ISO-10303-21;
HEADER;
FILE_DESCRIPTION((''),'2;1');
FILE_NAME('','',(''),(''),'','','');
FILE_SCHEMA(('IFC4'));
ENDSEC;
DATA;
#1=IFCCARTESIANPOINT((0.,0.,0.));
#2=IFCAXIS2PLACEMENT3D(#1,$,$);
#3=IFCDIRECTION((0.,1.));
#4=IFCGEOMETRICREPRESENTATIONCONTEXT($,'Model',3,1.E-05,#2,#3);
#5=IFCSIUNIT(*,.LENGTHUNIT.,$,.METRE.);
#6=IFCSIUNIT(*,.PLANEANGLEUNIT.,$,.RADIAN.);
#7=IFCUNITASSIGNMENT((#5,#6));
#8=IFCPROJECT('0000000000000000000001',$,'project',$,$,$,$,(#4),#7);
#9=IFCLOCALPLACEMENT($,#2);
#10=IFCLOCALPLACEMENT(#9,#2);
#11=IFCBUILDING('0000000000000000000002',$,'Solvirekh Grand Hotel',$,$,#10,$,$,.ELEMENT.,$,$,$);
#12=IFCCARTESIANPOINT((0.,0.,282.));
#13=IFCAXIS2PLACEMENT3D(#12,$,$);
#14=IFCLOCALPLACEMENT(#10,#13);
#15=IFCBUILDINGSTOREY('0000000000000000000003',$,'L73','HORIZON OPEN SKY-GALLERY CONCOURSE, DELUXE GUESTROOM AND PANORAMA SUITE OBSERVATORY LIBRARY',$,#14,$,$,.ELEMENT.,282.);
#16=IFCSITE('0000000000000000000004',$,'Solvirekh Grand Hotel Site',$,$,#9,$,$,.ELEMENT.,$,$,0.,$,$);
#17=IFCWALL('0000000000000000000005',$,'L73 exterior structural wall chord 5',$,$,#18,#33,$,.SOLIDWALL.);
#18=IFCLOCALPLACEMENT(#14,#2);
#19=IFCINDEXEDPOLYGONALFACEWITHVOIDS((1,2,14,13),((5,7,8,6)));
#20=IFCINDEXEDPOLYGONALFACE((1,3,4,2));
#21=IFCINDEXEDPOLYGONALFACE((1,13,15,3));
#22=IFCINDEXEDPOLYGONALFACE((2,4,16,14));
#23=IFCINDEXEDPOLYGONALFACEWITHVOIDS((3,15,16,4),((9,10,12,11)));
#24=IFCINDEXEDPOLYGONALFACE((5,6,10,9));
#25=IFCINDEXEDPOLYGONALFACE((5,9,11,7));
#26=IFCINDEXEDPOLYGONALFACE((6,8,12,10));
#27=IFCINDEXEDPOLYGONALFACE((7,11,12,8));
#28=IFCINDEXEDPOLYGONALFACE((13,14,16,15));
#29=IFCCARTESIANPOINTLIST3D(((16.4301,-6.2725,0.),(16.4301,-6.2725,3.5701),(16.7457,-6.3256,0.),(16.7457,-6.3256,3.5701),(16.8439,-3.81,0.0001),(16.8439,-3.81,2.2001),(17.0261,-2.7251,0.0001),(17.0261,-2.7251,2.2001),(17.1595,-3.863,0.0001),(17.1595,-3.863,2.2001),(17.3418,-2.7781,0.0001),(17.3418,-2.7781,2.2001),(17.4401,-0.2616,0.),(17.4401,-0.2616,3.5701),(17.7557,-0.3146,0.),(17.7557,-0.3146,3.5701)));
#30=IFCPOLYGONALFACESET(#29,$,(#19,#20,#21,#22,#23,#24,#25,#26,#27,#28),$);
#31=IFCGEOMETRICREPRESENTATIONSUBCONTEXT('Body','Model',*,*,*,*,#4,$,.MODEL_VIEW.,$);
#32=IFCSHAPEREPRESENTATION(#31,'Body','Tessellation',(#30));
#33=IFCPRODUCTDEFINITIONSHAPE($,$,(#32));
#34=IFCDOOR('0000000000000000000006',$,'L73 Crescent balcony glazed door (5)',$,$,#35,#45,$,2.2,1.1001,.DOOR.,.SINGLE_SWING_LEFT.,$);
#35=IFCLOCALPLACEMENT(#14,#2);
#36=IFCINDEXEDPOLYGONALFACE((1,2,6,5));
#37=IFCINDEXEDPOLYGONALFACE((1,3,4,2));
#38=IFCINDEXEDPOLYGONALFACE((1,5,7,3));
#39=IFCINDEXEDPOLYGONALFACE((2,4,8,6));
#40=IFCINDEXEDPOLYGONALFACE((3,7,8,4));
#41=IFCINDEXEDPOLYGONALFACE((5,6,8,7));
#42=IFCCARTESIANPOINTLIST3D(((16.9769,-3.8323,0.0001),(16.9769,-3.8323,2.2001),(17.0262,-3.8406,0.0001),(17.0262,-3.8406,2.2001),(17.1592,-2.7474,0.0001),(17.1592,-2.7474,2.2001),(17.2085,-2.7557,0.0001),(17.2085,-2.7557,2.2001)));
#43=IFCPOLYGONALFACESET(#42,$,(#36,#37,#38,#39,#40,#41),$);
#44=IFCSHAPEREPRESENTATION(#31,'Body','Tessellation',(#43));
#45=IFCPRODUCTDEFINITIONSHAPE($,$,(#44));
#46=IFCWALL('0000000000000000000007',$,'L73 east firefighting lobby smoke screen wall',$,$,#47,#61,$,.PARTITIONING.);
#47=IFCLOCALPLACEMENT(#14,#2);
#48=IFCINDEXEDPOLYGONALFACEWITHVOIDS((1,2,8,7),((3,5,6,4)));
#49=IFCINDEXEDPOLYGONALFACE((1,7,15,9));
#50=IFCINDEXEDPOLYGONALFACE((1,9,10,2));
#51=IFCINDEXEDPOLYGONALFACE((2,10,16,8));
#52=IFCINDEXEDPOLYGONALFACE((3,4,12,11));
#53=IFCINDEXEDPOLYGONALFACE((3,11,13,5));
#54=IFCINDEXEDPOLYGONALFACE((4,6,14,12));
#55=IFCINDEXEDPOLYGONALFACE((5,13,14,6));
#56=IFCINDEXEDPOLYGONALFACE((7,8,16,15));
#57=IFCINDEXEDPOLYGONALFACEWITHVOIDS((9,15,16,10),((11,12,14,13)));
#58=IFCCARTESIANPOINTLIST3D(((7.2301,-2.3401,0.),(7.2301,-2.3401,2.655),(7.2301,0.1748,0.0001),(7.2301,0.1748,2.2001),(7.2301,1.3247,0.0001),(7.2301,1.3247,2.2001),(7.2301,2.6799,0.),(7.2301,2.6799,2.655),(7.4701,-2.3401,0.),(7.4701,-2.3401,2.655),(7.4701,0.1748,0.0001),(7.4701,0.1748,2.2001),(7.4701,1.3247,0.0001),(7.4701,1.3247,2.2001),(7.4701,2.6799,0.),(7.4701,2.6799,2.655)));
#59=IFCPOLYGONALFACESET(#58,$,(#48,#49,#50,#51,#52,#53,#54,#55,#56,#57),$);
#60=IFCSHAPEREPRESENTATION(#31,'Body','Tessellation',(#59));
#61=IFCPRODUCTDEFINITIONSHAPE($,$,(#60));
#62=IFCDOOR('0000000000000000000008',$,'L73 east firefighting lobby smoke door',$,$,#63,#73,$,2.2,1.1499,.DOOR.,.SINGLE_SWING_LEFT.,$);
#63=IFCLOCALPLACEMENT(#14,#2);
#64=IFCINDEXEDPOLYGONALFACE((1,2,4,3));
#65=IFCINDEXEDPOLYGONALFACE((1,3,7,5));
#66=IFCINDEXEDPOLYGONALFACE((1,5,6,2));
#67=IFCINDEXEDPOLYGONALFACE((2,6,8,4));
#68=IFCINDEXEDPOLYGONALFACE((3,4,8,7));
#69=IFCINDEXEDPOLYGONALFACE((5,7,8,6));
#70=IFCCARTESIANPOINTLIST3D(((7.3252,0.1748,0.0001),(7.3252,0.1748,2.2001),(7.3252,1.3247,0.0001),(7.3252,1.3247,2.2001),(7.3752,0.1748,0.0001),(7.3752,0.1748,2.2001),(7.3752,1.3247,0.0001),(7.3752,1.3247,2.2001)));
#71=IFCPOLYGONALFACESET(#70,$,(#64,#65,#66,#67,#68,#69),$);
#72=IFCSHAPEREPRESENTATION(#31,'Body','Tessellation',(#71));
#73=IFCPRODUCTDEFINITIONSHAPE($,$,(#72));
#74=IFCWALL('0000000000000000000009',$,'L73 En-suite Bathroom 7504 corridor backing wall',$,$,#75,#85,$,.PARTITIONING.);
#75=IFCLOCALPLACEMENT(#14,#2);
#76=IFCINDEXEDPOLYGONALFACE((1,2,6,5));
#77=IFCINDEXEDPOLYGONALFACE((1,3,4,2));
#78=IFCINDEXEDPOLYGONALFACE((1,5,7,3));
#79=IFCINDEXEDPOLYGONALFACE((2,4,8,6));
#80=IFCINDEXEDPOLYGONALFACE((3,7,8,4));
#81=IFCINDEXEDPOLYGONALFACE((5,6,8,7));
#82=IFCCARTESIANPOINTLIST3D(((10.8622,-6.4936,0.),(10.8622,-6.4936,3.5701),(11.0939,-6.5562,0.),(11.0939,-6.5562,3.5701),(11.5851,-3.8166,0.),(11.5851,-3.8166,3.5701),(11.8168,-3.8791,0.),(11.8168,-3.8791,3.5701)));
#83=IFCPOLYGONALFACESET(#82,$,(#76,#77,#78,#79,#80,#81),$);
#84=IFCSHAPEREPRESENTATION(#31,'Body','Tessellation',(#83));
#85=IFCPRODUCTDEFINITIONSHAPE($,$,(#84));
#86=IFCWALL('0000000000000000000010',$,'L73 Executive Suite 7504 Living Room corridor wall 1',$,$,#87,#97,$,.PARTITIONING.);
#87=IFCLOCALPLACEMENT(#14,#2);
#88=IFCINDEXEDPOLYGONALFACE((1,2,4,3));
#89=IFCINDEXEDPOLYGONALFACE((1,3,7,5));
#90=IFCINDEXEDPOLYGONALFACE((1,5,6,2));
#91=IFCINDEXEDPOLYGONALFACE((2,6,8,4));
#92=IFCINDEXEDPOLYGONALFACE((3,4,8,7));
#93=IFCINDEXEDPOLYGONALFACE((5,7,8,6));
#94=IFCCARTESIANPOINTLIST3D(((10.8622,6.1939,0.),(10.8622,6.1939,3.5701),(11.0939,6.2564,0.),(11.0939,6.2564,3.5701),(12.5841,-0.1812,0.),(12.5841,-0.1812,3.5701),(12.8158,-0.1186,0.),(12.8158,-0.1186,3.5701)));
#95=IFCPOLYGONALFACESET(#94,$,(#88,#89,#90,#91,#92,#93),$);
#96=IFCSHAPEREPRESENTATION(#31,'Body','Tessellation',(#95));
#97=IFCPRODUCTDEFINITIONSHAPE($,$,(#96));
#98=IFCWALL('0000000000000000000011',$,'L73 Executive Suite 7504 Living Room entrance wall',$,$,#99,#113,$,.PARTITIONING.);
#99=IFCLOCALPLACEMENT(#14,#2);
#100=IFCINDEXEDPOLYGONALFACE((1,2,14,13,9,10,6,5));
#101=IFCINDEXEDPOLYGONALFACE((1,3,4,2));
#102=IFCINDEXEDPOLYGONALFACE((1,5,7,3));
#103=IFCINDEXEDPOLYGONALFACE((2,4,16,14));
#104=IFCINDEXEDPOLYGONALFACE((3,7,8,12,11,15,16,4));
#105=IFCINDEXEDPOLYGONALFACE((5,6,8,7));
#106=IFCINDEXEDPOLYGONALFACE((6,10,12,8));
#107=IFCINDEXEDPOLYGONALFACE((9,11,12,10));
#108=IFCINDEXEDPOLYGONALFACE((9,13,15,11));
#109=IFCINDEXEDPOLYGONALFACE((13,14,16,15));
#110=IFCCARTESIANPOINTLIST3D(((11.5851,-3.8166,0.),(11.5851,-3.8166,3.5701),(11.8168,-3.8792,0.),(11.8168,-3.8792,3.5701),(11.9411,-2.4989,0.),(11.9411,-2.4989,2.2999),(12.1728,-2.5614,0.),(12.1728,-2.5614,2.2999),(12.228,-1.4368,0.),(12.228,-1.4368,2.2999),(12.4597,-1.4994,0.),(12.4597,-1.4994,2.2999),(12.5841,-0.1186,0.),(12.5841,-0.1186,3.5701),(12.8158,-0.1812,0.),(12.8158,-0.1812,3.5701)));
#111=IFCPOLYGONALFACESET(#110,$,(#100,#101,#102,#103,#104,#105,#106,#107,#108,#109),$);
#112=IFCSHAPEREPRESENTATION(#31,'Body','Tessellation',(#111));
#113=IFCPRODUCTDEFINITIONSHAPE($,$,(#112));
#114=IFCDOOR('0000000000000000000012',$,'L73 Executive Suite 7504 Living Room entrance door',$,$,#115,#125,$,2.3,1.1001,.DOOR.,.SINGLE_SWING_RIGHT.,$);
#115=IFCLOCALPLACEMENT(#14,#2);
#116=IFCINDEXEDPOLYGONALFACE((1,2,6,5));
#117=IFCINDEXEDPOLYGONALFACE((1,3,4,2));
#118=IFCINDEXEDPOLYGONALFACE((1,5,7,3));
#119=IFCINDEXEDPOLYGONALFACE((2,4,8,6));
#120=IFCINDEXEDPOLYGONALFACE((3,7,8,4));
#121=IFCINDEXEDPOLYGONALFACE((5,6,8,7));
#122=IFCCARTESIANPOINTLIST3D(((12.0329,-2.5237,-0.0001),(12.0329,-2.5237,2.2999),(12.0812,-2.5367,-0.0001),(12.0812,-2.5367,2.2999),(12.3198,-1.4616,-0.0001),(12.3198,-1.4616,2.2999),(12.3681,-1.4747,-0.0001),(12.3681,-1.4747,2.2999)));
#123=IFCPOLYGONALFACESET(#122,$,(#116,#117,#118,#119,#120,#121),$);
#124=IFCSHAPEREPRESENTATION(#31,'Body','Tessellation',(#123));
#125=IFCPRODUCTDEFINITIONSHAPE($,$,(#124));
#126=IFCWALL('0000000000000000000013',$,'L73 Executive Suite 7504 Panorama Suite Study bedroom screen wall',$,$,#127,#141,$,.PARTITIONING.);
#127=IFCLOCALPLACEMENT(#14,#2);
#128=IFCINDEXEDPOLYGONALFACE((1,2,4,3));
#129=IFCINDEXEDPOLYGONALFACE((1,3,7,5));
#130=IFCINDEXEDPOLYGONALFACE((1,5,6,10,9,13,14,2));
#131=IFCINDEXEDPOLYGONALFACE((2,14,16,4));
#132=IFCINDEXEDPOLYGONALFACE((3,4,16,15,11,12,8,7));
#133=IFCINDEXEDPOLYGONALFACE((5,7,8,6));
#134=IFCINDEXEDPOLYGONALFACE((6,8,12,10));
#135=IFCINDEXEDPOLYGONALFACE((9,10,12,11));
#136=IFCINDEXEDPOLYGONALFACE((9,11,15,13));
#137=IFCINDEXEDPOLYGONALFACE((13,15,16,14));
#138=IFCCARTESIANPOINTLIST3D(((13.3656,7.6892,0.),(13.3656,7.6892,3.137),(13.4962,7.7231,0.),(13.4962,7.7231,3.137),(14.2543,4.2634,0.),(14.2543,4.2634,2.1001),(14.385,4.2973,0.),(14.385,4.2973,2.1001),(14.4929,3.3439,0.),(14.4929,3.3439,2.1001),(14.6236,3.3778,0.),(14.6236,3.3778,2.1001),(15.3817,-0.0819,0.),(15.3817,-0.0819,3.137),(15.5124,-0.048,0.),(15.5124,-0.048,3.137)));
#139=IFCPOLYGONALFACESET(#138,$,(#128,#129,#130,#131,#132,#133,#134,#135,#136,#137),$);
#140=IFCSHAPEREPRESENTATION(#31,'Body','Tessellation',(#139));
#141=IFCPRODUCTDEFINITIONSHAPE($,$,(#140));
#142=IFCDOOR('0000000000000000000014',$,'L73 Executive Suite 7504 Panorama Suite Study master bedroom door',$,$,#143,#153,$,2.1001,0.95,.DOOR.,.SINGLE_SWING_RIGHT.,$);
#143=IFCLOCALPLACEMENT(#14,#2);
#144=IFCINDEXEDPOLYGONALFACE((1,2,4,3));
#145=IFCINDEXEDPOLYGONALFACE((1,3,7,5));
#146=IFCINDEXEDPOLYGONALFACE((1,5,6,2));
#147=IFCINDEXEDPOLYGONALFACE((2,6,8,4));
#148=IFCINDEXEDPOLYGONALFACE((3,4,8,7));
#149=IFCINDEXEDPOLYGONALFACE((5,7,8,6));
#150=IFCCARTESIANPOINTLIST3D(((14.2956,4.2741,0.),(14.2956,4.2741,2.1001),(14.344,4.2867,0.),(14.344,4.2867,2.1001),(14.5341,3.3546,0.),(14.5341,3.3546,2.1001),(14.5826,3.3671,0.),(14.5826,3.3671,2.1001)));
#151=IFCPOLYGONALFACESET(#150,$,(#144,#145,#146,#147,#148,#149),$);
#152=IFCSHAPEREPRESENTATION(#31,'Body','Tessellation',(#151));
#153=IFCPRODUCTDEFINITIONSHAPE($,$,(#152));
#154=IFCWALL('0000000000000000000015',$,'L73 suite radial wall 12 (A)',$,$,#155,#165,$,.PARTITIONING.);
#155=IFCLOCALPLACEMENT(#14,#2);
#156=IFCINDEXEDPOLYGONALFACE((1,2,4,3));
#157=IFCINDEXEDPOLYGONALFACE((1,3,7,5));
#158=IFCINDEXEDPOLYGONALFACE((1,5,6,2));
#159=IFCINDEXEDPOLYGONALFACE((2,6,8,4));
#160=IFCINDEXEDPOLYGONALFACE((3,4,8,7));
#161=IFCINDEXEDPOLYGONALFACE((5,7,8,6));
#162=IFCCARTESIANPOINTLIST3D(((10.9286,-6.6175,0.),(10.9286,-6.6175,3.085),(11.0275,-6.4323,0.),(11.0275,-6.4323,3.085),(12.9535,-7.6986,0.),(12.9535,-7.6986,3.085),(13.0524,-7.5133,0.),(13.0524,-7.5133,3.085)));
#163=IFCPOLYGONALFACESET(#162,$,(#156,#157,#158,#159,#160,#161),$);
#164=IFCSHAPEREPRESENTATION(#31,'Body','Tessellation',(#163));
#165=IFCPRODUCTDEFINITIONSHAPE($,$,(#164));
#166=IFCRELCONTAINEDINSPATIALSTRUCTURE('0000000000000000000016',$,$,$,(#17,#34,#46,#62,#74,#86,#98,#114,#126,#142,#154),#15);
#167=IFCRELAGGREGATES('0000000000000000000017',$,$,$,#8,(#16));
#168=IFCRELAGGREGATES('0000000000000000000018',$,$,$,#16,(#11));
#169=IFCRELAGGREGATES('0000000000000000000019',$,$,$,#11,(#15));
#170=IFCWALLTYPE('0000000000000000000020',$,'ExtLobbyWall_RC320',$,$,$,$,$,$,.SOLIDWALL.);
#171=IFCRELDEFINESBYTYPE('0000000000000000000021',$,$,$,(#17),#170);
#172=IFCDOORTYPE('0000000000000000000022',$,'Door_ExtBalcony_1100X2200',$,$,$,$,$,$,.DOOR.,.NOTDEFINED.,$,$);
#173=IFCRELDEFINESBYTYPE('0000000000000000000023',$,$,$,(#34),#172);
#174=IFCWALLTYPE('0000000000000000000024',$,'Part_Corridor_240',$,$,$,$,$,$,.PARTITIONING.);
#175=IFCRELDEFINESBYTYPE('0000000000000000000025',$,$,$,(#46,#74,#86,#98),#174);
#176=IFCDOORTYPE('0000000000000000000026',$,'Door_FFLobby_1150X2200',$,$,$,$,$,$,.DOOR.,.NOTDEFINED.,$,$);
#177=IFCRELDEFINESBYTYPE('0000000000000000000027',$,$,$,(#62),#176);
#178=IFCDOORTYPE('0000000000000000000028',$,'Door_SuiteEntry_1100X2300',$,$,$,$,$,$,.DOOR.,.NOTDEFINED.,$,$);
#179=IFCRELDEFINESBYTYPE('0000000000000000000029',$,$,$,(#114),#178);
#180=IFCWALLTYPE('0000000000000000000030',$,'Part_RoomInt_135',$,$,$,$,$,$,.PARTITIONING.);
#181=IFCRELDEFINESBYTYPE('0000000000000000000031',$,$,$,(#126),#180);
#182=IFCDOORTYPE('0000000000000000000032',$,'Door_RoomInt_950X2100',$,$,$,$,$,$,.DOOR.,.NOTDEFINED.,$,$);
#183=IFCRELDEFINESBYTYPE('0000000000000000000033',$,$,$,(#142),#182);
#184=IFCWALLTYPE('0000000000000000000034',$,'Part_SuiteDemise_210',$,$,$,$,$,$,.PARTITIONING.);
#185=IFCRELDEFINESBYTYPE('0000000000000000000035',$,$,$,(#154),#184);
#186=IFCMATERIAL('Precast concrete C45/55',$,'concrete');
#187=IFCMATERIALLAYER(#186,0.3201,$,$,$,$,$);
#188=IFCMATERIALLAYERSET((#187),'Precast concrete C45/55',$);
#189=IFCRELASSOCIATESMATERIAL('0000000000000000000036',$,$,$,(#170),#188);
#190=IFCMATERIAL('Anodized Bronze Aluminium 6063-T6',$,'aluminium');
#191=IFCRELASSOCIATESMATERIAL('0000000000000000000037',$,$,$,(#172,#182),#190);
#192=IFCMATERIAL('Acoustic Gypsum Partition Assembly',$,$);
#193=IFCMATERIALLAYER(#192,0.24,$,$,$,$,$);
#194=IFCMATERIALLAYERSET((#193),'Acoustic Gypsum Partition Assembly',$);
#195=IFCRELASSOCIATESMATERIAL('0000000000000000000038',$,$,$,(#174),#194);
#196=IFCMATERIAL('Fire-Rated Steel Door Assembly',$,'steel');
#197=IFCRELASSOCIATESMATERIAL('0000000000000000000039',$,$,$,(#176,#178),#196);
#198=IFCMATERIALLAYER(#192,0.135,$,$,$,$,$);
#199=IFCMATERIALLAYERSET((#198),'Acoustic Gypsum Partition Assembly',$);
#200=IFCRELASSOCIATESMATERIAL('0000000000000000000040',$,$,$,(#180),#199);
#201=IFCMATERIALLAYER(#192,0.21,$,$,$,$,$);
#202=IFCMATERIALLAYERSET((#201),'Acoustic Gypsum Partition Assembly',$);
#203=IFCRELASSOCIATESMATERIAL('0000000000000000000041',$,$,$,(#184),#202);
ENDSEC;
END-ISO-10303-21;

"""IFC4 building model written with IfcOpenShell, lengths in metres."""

from ifc_helpers import new_model, si_unit, direction, frame, frame_2d, origin, place, context, subcontext, project, spatial, rectangle, extrude, material, layer, layer_set, type_object, element, fill, save


model = new_model("IFC4")

# Units and contexts
model_context = context("Model", 3, precision=1e-05, world=origin(), true_north=direction((0.0, 1.0)))
body_context = subcontext(model_context, "Body", "Model", "MODEL_VIEW")
ifc_project = project(units=[si_unit("LENGTHUNIT", "METRE"), si_unit("PLANEANGLEUNIT", "RADIAN")], contexts=[model_context])

# Site, building, storey
site_placement = place(None, origin())
site = spatial("IfcSite", under=ifc_project, at=site_placement, Name="Solvirekh Grand Hotel Site", CompositionType="ELEMENT", RefElevation=0.0)
building_placement = place(site_placement, origin())
building = spatial("IfcBuilding", under=site, at=building_placement, Name="Solvirekh Grand Hotel", CompositionType="ELEMENT")
storey_placement = place(building_placement, frame((0.0, 0.0, 282.0)))
storey = spatial("IfcBuildingStorey", under=building, at=storey_placement, Name="L73", Description="HORIZON OPEN SKY-GALLERY CONCOURSE, DELUXE GUESTROOM AND PANORAMA SUITE OBSERVATORY LIBRARY", CompositionType="ELEMENT", Elevation=282.0)

# Shared definitions
ifc_material_1 = material(Name="Precast concrete C45/55", Category="concrete")
ifc_layer_1 = layer(ifc_material_1, 0.3201)
ifc_layer_set_1 = layer_set([ifc_layer_1], Name="Precast concrete C45/55")
wall_type_1 = type_object("IfcWallType", Name="ExtLobbyWall_RC320", PredefinedType="SOLIDWALL", material=ifc_layer_set_1)

# Walls, openings, doors
wall_1_placement = place(storey_placement, frame((17.5979, -0.2881, 0.0), z_axis=(0.0, 0.0, 1.0), x_axis=(-0.165704, -0.986175, 0.0)))
wall_1 = element("IfcWall", 1, at=wall_1_placement, inside=storey, type_object=wall_type_1, Name="L73 exterior structural wall chord 5", PredefinedType="SOLIDWALL", context=body_context, shape_type="SweptSolid", body=[
    extrude(rectangle(XDim=6.0952, YDim=0.3201, at=frame_2d((3.0476, 0.0))), origin(), (0.0, 0.0, 1.0), 3.5701),
])
opening_1_placement = place(wall_1_placement, frame((2.498, 0.0, 0.0)))
opening_1 = element("IfcOpeningElement", 2, at=opening_1_placement, cuts=wall_1, PredefinedType="OPENING", context=body_context, shape_type="SweptSolid", body=[
    extrude(rectangle(XDim=1.1001, YDim=2.2, at=frame_2d((0.55, 1.1001))), frame((0.0, 0.1699, 0.0), z_axis=(0.0, -1.0, 0.0), x_axis=(1.0, 0.0, 0.0)), (0.0, 0.0, 1.0), 0.3401),
])
ifc_material_2 = material(Name="Anodized Bronze Aluminium 6063-T6", Category="aluminium")
door_type_1 = type_object("IfcDoorType", Name="Door_ExtBalcony_1100X2200", OperationType="NOTDEFINED", PredefinedType="DOOR", material=ifc_material_2)
door_1_placement = place(opening_1_placement, origin())
door_1 = element("IfcDoor", 3, at=door_1_placement, inside=storey, type_object=door_type_1, Name="L73 Crescent balcony glazed door (5)", OperationType="SINGLE_SWING_LEFT", OverallHeight=2.2, OverallWidth=1.1001, PredefinedType="DOOR", context=body_context, shape_type="SweptSolid", body=[
    extrude(rectangle(XDim=1.1001, YDim=2.2, at=frame_2d((0.55, 1.1001))), frame((0.0, 0.0249, 0.0), z_axis=(0.0, -1.0, 0.0), x_axis=(1.0, 0.0, 0.0)), (0.0, 0.0, 1.0), 0.05),
])
fill(opening_1, door_1)
ifc_material_3 = material(Name="Acoustic Gypsum Partition Assembly")
ifc_layer_2 = layer(ifc_material_3, 0.24)
ifc_layer_set_2 = layer_set([ifc_layer_2], Name="Acoustic Gypsum Partition Assembly")
wall_type_2 = type_object("IfcWallType", Name="Part_Corridor_240", PredefinedType="PARTITIONING", material=ifc_layer_set_2)
wall_2_placement = place(storey_placement, frame((7.3501, -2.3401, 0.0), z_axis=(0.0, 0.0, 1.0), x_axis=(0.0, 1.0, 0.0)))
wall_2 = element("IfcWall", 4, at=wall_2_placement, inside=storey, type_object=wall_type_2, Name="L73 east firefighting lobby smoke screen wall", PredefinedType="PARTITIONING", context=body_context, shape_type="SweptSolid", body=[
    extrude(rectangle(XDim=5.02, YDim=0.24, at=frame_2d((2.51, 0.0))), origin(), (0.0, 0.0, 1.0), 2.655),
])
opening_2_placement = place(wall_2_placement, frame((2.5149, 0.0, 0.0)))
opening_2 = element("IfcOpeningElement", 5, at=opening_2_placement, cuts=wall_2, PredefinedType="OPENING", context=body_context, shape_type="SweptSolid", body=[
    extrude(rectangle(XDim=1.1499, YDim=2.2, at=frame_2d((0.575, 1.1001))), frame((0.0, 0.1299, 0.0), z_axis=(0.0, -1.0, 0.0), x_axis=(1.0, 0.0, 0.0)), (0.0, 0.0, 1.0), 0.26),
])
ifc_material_4 = material(Name="Fire-Rated Steel Door Assembly", Category="steel")
door_type_2 = type_object("IfcDoorType", Name="Door_FFLobby_1150X2200", OperationType="NOTDEFINED", PredefinedType="DOOR", material=ifc_material_4)
door_2_placement = place(opening_2_placement, origin())
door_2 = element("IfcDoor", 6, at=door_2_placement, inside=storey, type_object=door_type_2, Name="L73 east firefighting lobby smoke door", OperationType="SINGLE_SWING_LEFT", OverallHeight=2.2, OverallWidth=1.1499, PredefinedType="DOOR", context=body_context, shape_type="SweptSolid", body=[
    extrude(rectangle(XDim=1.1499, YDim=2.2, at=frame_2d((0.575, 1.1001))), frame((0.0, 0.0249, 0.0), z_axis=(0.0, -1.0, 0.0), x_axis=(1.0, 0.0, 0.0)), (0.0, 0.0, 1.0), 0.05),
])
fill(opening_2, door_2)

# Walls
wall_3_placement = place(storey_placement, frame((10.978, -6.5249, 0.0), z_axis=(0.0, 0.0, 1.0), x_axis=(0.260703, 0.965419, 0.0)))
element("IfcWall", 7, at=wall_3_placement, inside=storey, type_object=wall_type_2, Name="L73 En-suite Bathroom 7504 corridor backing wall", PredefinedType="PARTITIONING", context=body_context, shape_type="SweptSolid", body=[
    extrude(rectangle(XDim=2.7729, YDim=0.24, at=frame_2d((1.3865, 0.0))), origin(), (0.0, 0.0, 1.0), 3.5701),
])
wall_4_placement = place(storey_placement, frame((12.7, -0.1499, 0.0), z_axis=(0.0, 0.0, 1.0), x_axis=(-0.260761, 0.965403, 0.0)))
element("IfcWall", 8, at=wall_4_placement, inside=storey, type_object=wall_type_2, Name="L73 Executive Suite 7504 Living Room corridor wall 1", PredefinedType="PARTITIONING", context=body_context, shape_type="SweptSolid", body=[
    extrude(rectangle(XDim=6.6035, YDim=0.24, at=frame_2d((3.3018, 0.0))), origin(), (0.0, 0.0, 1.0), 3.5701),
])

# Walls, openings, doors
wall_5_placement = place(storey_placement, frame((11.7009, -3.8479, 0.0), z_axis=(0.0, 0.0, 1.0), x_axis=(0.260803, 0.965392, 0.0)))
wall_5 = element("IfcWall", 9, at=wall_5_placement, inside=storey, type_object=wall_type_2, Name="L73 Executive Suite 7504 Living Room entrance wall", PredefinedType="PARTITIONING", context=body_context, shape_type="SweptSolid", body=[
    extrude(rectangle(XDim=3.8306, YDim=0.24, at=frame_2d((1.9153, 0.0))), origin(), (0.0, 0.0, 1.0), 3.5701),
])
opening_3_placement = place(wall_5_placement, frame((1.365, 0.0, 0.0)))
opening_3 = element("IfcOpeningElement", 10, at=opening_3_placement, cuts=wall_5, PredefinedType="OPENING", context=body_context, shape_type="SweptSolid", body=[
    extrude(rectangle(XDim=1.1001, YDim=2.3, at=frame_2d((0.55, 1.1499))), frame((0.0, 0.1299, 0.0), z_axis=(0.0, -1.0, 0.0), x_axis=(1.0, 0.0, 0.0)), (0.0, 0.0, 1.0), 0.26),
])
door_type_3 = type_object("IfcDoorType", Name="Door_SuiteEntry_1100X2300", OperationType="NOTDEFINED", PredefinedType="DOOR", material=ifc_material_4)
door_3_placement = place(opening_3_placement, origin())
door_3 = element("IfcDoor", 11, at=door_3_placement, inside=storey, type_object=door_type_3, Name="L73 Executive Suite 7504 Living Room entrance door", OperationType="SINGLE_SWING_RIGHT", OverallHeight=2.3, OverallWidth=1.1001, PredefinedType="DOOR", context=body_context, shape_type="SweptSolid", body=[
    extrude(rectangle(XDim=1.1001, YDim=2.3, at=frame_2d((0.55, 1.1499))), frame((0.0, 0.0249, 0.0), z_axis=(0.0, -1.0, 0.0), x_axis=(1.0, 0.0, 0.0)), (0.0, 0.0, 1.0), 0.05),
])
fill(opening_3, door_3)
ifc_layer_3 = layer(ifc_material_3, 0.135)
ifc_layer_set_3 = layer_set([ifc_layer_3], Name="Acoustic Gypsum Partition Assembly")
wall_type_3 = type_object("IfcWallType", Name="Part_RoomInt_135", PredefinedType="PARTITIONING", material=ifc_layer_set_3)
wall_6_placement = place(storey_placement, frame((15.447, -0.0649, 0.0), z_axis=(0.0, 0.0, 1.0), x_axis=(-0.251127, 0.967954, 0.0)))
wall_6 = element("IfcWall", 12, at=wall_6_placement, inside=storey, type_object=wall_type_3, Name="L73 Executive Suite 7504 Panorama Suite Study bedroom screen wall", PredefinedType="PARTITIONING", context=body_context, shape_type="SweptSolid", body=[
    extrude(rectangle(XDim=8.0283, YDim=0.135, at=frame_2d((4.0142, 0.0))), origin(), (0.0, 0.0, 1.0), 3.137),
])
opening_4_placement = place(wall_6_placement, frame((3.5391, 0.0, 0.0)))
opening_4 = element("IfcOpeningElement", 13, at=opening_4_placement, cuts=wall_6, PredefinedType="OPENING", context=body_context, shape_type="SweptSolid", body=[
    extrude(rectangle(XDim=0.95, YDim=2.1001, at=frame_2d((0.4751, 1.05))), frame((0.0, 0.0776, 0.0), z_axis=(0.0, -1.0, 0.0), x_axis=(1.0, 0.0, 0.0)), (0.0, 0.0, 1.0), 0.155),
])
door_type_4 = type_object("IfcDoorType", Name="Door_RoomInt_950X2100", OperationType="NOTDEFINED", PredefinedType="DOOR", material=ifc_material_2)
door_4_placement = place(opening_4_placement, origin())
door_4 = element("IfcDoor", 14, at=door_4_placement, inside=storey, type_object=door_type_4, Name="L73 Executive Suite 7504 Panorama Suite Study master bedroom door", OperationType="SINGLE_SWING_RIGHT", OverallHeight=2.1001, OverallWidth=0.95, PredefinedType="DOOR", context=body_context, shape_type="SweptSolid", body=[
    extrude(rectangle(XDim=0.95, YDim=2.1001, at=frame_2d((0.4751, 1.05))), frame((0.0, 0.0249, 0.0), z_axis=(0.0, -1.0, 0.0), x_axis=(1.0, 0.0, 0.0)), (0.0, 0.0, 1.0), 0.05),
])
fill(opening_4, door_4)

# Wall
ifc_layer_4 = layer(ifc_material_3, 0.21)
ifc_layer_set_4 = layer_set([ifc_layer_4], Name="Acoustic Gypsum Partition Assembly")
wall_type_4 = type_object("IfcWallType", Name="Part_SuiteDemise_210", PredefinedType="PARTITIONING", material=ifc_layer_set_4)
wall_7_placement = place(storey_placement, frame((10.978, -6.5249, 0.0), z_axis=(0.0, 0.0, 1.0), x_axis=(0.882153, -0.470964, 0.0)))
element("IfcWall", 15, at=wall_7_placement, inside=storey, type_object=wall_type_4, Name="L73 suite radial wall 12 (A)", PredefinedType="PARTITIONING", context=body_context, shape_type="SweptSolid", body=[
    extrude(rectangle(XDim=2.2954, YDim=0.21, at=frame_2d((1.1477, 0.0))), origin(), (0.0, 0.0, 1.0), 3.085),
])

save(model, "model.ifc")
